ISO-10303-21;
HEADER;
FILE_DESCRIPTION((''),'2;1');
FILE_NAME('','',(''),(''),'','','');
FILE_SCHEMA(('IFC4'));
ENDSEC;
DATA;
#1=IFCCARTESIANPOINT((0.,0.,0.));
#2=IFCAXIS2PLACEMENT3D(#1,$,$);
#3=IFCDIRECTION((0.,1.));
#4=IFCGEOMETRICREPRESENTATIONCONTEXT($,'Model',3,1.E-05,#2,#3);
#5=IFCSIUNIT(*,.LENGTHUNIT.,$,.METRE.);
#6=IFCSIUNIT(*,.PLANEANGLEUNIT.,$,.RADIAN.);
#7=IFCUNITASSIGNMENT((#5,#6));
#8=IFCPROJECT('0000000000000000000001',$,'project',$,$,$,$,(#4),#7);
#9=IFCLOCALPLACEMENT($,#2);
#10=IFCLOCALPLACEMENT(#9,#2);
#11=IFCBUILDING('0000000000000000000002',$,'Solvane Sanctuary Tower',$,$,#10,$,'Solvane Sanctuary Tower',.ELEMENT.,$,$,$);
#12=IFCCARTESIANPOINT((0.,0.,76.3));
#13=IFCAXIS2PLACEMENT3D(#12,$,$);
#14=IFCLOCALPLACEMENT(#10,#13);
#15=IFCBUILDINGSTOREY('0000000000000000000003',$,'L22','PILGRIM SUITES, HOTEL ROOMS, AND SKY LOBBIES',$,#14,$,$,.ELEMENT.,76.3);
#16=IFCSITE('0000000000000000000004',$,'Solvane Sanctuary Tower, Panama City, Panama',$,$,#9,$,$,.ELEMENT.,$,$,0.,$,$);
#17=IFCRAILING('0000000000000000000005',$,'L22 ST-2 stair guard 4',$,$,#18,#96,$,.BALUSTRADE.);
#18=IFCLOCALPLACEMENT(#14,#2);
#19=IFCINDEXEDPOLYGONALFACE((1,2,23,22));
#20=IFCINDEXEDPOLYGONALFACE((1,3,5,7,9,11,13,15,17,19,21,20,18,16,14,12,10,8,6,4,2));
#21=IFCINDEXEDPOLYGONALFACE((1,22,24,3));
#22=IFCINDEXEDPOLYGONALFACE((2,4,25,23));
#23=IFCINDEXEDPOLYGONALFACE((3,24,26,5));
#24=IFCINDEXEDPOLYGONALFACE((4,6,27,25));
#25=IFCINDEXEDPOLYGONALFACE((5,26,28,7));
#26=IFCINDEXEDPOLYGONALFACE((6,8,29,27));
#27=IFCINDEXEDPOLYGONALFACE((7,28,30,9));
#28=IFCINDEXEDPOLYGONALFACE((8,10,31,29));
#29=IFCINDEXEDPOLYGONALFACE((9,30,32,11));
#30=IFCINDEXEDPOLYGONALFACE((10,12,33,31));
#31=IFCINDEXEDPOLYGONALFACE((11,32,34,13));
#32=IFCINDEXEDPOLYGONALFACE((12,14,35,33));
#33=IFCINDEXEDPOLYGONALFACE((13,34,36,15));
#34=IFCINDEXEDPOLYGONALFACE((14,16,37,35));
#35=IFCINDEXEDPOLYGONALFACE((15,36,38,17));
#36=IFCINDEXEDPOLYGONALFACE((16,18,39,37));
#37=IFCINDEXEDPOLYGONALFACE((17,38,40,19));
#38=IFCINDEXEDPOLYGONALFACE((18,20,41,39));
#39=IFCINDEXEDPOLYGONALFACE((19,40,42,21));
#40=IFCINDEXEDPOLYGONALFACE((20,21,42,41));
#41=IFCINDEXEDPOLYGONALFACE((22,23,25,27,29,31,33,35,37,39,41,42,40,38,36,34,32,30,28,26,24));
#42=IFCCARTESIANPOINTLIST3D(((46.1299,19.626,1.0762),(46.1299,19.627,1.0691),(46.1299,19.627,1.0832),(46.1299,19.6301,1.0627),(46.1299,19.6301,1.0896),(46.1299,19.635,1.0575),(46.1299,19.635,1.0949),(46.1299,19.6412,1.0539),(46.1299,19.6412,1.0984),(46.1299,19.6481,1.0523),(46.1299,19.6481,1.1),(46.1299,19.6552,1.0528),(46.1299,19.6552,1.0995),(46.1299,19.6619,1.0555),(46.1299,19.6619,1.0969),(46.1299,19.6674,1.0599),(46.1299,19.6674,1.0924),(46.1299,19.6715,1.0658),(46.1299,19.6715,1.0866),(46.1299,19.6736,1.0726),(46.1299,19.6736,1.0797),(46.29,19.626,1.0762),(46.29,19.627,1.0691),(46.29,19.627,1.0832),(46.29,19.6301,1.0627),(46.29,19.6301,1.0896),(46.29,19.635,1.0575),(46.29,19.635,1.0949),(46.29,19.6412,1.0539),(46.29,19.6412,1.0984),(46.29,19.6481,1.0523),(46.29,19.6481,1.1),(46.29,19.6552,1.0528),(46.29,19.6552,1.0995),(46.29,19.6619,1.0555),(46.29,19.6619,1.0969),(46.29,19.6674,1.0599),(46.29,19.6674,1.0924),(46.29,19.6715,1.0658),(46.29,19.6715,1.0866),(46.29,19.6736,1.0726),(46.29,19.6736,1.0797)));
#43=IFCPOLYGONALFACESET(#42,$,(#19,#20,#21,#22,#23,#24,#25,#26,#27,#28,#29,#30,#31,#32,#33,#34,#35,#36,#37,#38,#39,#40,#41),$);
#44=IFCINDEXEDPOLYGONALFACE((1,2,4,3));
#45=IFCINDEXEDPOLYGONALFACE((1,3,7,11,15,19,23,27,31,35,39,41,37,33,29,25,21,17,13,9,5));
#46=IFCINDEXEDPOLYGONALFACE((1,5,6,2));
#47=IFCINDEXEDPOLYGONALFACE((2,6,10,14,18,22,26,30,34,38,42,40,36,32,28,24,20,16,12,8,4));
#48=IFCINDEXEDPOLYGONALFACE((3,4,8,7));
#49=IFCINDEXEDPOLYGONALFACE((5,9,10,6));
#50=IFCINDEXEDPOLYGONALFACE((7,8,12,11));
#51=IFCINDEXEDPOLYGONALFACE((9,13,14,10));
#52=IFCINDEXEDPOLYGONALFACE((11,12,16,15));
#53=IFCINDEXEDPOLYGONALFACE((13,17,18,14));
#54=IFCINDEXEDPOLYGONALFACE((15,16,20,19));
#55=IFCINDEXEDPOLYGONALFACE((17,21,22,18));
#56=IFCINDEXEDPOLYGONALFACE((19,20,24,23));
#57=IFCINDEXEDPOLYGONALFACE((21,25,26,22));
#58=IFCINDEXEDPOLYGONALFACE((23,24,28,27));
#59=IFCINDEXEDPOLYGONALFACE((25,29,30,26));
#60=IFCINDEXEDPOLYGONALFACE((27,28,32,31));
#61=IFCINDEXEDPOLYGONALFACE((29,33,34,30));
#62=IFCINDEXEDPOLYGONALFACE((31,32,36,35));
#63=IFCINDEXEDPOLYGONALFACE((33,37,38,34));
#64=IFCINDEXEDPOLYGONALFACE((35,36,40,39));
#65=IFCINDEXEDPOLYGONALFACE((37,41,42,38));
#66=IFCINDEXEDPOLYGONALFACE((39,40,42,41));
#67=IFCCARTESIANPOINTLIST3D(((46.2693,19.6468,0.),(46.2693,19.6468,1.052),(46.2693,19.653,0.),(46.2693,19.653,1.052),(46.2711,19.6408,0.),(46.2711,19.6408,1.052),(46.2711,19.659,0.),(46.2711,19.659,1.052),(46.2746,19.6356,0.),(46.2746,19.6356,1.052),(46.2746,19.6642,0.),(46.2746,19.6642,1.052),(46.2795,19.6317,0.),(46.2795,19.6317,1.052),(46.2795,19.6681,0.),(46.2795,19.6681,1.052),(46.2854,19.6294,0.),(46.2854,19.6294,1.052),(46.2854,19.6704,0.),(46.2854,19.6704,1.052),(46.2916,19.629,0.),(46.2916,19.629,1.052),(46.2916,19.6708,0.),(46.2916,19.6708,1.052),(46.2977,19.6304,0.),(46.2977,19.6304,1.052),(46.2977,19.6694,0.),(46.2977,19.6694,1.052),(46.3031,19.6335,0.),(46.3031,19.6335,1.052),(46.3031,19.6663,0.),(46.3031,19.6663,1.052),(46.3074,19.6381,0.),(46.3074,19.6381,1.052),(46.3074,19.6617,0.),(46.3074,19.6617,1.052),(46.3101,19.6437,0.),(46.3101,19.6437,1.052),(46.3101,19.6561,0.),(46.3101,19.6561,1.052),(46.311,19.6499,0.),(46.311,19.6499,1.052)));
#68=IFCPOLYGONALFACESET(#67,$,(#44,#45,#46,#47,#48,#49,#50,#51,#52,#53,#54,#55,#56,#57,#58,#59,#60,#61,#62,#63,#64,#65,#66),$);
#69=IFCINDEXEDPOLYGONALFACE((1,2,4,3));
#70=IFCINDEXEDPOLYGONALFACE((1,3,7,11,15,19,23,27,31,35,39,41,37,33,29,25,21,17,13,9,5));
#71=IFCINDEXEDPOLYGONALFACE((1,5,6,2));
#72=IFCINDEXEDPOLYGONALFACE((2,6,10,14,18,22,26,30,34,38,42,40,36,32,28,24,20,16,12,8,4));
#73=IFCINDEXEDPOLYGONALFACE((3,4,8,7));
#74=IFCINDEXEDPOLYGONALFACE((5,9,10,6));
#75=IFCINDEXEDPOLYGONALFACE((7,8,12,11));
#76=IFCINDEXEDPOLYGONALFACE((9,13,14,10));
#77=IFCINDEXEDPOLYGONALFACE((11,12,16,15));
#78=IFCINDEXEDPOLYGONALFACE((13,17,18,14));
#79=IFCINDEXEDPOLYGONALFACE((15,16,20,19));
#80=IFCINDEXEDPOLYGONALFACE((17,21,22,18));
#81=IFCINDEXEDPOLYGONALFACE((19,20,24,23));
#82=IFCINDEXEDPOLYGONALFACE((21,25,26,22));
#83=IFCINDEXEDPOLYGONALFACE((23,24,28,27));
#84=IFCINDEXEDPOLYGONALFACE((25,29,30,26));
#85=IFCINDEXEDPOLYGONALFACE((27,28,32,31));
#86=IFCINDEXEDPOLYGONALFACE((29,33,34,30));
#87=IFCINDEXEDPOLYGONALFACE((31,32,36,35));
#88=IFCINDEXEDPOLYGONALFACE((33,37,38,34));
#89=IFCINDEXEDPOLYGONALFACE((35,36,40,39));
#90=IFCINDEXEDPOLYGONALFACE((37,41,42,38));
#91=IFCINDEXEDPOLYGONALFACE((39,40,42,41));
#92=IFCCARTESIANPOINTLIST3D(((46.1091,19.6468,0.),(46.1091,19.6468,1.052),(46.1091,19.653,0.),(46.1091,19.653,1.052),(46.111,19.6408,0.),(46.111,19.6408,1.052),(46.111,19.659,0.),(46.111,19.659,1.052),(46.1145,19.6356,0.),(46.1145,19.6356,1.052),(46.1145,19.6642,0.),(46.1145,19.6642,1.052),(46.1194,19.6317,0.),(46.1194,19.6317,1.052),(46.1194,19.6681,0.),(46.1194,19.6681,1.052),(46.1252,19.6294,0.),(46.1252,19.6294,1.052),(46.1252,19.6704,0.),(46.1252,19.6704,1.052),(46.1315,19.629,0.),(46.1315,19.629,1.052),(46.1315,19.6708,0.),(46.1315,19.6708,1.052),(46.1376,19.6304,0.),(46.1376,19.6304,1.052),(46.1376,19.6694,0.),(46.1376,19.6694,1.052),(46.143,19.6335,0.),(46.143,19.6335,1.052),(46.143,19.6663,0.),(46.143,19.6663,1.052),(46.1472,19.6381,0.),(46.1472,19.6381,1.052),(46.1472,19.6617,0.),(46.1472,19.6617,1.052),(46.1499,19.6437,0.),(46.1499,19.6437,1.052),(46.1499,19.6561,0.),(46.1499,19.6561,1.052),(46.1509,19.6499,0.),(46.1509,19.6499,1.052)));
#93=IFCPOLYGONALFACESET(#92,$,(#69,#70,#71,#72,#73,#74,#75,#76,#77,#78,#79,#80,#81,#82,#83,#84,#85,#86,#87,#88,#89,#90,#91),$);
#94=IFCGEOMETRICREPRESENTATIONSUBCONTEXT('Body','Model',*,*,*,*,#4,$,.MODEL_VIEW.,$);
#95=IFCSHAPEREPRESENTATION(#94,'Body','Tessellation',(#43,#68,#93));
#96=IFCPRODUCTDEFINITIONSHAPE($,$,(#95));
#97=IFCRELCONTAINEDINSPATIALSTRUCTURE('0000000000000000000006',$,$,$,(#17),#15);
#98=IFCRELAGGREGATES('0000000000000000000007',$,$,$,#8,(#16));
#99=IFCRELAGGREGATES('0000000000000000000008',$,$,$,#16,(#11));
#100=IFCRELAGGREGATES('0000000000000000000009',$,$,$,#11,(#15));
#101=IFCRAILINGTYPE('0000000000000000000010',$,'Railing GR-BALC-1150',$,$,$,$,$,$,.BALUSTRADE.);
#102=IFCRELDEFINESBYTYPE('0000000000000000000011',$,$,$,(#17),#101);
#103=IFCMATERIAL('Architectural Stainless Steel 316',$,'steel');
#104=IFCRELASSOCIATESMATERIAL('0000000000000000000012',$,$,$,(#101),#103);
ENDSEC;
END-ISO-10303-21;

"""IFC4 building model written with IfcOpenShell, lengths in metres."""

from ifc_helpers import new_model, si_unit, direction, frame, origin, origin_2d, place, context, subcontext, project, spatial, circle, extrude, material, type_object, element, save


model = new_model("IFC4")

# Units and contexts
model_context = context("Model", 3, precision=1e-05, world=origin(), true_north=direction((0.0, 1.0)))
body_context = subcontext(model_context, "Body", "Model", "MODEL_VIEW")
ifc_project = project(units=[si_unit("LENGTHUNIT", "METRE"), si_unit("PLANEANGLEUNIT", "RADIAN")], contexts=[model_context])

# Site, building, storey
site_placement = place(None, origin())
site = spatial("IfcSite", under=ifc_project, at=site_placement, Name="Solvane Sanctuary Tower, Panama City, Panama", CompositionType="ELEMENT", RefElevation=0.0)
building_placement = place(site_placement, origin())
building = spatial("IfcBuilding", under=site, at=building_placement, Name="Solvane Sanctuary Tower", LongName="Solvane Sanctuary Tower", CompositionType="ELEMENT")
storey_placement = place(building_placement, frame((0.0, 0.0, 76.3)))
storey = spatial("IfcBuildingStorey", under=building, at=storey_placement, Name="L22", Description="PILGRIM SUITES, HOTEL ROOMS, AND SKY LOBBIES", CompositionType="ELEMENT", Elevation=76.3)

# Shared definitions
ifc_material_1 = material(Name="Architectural Stainless Steel 316", Category="steel")

# Railing
railing_type_1 = type_object("IfcRailingType", Name="Railing GR-BALC-1150", PredefinedType="BALUSTRADE", material=ifc_material_1)
railing_1_placement = place(storey_placement, frame((46.29, 19.6499, 0.0)))
element("IfcRailing", 1, at=railing_1_placement, inside=storey, type_object=railing_type_1, Name="L22 ST-2 stair guard 4", PredefinedType="BALUSTRADE", context=body_context, shape_type="SweptSolid", body=[
    extrude(circle(Radius=0.0239, at=origin_2d()), frame((0.0, 0.0, 1.0762), z_axis=(-1.0, 0.0, 0.0), x_axis=(0.0, -1.0, 0.0)), (0.0, 0.0, 1.0), 0.1602),
    extrude(circle(Radius=0.021, at=origin_2d()), origin(), (0.0, 0.0, 1.0), 1.052),
    extrude(circle(Radius=0.021, at=origin_2d()), frame((-0.1602, 0.0, 0.0)), (0.0, 0.0, 1.0), 1.052),
])

save(model, "model.ifc")
